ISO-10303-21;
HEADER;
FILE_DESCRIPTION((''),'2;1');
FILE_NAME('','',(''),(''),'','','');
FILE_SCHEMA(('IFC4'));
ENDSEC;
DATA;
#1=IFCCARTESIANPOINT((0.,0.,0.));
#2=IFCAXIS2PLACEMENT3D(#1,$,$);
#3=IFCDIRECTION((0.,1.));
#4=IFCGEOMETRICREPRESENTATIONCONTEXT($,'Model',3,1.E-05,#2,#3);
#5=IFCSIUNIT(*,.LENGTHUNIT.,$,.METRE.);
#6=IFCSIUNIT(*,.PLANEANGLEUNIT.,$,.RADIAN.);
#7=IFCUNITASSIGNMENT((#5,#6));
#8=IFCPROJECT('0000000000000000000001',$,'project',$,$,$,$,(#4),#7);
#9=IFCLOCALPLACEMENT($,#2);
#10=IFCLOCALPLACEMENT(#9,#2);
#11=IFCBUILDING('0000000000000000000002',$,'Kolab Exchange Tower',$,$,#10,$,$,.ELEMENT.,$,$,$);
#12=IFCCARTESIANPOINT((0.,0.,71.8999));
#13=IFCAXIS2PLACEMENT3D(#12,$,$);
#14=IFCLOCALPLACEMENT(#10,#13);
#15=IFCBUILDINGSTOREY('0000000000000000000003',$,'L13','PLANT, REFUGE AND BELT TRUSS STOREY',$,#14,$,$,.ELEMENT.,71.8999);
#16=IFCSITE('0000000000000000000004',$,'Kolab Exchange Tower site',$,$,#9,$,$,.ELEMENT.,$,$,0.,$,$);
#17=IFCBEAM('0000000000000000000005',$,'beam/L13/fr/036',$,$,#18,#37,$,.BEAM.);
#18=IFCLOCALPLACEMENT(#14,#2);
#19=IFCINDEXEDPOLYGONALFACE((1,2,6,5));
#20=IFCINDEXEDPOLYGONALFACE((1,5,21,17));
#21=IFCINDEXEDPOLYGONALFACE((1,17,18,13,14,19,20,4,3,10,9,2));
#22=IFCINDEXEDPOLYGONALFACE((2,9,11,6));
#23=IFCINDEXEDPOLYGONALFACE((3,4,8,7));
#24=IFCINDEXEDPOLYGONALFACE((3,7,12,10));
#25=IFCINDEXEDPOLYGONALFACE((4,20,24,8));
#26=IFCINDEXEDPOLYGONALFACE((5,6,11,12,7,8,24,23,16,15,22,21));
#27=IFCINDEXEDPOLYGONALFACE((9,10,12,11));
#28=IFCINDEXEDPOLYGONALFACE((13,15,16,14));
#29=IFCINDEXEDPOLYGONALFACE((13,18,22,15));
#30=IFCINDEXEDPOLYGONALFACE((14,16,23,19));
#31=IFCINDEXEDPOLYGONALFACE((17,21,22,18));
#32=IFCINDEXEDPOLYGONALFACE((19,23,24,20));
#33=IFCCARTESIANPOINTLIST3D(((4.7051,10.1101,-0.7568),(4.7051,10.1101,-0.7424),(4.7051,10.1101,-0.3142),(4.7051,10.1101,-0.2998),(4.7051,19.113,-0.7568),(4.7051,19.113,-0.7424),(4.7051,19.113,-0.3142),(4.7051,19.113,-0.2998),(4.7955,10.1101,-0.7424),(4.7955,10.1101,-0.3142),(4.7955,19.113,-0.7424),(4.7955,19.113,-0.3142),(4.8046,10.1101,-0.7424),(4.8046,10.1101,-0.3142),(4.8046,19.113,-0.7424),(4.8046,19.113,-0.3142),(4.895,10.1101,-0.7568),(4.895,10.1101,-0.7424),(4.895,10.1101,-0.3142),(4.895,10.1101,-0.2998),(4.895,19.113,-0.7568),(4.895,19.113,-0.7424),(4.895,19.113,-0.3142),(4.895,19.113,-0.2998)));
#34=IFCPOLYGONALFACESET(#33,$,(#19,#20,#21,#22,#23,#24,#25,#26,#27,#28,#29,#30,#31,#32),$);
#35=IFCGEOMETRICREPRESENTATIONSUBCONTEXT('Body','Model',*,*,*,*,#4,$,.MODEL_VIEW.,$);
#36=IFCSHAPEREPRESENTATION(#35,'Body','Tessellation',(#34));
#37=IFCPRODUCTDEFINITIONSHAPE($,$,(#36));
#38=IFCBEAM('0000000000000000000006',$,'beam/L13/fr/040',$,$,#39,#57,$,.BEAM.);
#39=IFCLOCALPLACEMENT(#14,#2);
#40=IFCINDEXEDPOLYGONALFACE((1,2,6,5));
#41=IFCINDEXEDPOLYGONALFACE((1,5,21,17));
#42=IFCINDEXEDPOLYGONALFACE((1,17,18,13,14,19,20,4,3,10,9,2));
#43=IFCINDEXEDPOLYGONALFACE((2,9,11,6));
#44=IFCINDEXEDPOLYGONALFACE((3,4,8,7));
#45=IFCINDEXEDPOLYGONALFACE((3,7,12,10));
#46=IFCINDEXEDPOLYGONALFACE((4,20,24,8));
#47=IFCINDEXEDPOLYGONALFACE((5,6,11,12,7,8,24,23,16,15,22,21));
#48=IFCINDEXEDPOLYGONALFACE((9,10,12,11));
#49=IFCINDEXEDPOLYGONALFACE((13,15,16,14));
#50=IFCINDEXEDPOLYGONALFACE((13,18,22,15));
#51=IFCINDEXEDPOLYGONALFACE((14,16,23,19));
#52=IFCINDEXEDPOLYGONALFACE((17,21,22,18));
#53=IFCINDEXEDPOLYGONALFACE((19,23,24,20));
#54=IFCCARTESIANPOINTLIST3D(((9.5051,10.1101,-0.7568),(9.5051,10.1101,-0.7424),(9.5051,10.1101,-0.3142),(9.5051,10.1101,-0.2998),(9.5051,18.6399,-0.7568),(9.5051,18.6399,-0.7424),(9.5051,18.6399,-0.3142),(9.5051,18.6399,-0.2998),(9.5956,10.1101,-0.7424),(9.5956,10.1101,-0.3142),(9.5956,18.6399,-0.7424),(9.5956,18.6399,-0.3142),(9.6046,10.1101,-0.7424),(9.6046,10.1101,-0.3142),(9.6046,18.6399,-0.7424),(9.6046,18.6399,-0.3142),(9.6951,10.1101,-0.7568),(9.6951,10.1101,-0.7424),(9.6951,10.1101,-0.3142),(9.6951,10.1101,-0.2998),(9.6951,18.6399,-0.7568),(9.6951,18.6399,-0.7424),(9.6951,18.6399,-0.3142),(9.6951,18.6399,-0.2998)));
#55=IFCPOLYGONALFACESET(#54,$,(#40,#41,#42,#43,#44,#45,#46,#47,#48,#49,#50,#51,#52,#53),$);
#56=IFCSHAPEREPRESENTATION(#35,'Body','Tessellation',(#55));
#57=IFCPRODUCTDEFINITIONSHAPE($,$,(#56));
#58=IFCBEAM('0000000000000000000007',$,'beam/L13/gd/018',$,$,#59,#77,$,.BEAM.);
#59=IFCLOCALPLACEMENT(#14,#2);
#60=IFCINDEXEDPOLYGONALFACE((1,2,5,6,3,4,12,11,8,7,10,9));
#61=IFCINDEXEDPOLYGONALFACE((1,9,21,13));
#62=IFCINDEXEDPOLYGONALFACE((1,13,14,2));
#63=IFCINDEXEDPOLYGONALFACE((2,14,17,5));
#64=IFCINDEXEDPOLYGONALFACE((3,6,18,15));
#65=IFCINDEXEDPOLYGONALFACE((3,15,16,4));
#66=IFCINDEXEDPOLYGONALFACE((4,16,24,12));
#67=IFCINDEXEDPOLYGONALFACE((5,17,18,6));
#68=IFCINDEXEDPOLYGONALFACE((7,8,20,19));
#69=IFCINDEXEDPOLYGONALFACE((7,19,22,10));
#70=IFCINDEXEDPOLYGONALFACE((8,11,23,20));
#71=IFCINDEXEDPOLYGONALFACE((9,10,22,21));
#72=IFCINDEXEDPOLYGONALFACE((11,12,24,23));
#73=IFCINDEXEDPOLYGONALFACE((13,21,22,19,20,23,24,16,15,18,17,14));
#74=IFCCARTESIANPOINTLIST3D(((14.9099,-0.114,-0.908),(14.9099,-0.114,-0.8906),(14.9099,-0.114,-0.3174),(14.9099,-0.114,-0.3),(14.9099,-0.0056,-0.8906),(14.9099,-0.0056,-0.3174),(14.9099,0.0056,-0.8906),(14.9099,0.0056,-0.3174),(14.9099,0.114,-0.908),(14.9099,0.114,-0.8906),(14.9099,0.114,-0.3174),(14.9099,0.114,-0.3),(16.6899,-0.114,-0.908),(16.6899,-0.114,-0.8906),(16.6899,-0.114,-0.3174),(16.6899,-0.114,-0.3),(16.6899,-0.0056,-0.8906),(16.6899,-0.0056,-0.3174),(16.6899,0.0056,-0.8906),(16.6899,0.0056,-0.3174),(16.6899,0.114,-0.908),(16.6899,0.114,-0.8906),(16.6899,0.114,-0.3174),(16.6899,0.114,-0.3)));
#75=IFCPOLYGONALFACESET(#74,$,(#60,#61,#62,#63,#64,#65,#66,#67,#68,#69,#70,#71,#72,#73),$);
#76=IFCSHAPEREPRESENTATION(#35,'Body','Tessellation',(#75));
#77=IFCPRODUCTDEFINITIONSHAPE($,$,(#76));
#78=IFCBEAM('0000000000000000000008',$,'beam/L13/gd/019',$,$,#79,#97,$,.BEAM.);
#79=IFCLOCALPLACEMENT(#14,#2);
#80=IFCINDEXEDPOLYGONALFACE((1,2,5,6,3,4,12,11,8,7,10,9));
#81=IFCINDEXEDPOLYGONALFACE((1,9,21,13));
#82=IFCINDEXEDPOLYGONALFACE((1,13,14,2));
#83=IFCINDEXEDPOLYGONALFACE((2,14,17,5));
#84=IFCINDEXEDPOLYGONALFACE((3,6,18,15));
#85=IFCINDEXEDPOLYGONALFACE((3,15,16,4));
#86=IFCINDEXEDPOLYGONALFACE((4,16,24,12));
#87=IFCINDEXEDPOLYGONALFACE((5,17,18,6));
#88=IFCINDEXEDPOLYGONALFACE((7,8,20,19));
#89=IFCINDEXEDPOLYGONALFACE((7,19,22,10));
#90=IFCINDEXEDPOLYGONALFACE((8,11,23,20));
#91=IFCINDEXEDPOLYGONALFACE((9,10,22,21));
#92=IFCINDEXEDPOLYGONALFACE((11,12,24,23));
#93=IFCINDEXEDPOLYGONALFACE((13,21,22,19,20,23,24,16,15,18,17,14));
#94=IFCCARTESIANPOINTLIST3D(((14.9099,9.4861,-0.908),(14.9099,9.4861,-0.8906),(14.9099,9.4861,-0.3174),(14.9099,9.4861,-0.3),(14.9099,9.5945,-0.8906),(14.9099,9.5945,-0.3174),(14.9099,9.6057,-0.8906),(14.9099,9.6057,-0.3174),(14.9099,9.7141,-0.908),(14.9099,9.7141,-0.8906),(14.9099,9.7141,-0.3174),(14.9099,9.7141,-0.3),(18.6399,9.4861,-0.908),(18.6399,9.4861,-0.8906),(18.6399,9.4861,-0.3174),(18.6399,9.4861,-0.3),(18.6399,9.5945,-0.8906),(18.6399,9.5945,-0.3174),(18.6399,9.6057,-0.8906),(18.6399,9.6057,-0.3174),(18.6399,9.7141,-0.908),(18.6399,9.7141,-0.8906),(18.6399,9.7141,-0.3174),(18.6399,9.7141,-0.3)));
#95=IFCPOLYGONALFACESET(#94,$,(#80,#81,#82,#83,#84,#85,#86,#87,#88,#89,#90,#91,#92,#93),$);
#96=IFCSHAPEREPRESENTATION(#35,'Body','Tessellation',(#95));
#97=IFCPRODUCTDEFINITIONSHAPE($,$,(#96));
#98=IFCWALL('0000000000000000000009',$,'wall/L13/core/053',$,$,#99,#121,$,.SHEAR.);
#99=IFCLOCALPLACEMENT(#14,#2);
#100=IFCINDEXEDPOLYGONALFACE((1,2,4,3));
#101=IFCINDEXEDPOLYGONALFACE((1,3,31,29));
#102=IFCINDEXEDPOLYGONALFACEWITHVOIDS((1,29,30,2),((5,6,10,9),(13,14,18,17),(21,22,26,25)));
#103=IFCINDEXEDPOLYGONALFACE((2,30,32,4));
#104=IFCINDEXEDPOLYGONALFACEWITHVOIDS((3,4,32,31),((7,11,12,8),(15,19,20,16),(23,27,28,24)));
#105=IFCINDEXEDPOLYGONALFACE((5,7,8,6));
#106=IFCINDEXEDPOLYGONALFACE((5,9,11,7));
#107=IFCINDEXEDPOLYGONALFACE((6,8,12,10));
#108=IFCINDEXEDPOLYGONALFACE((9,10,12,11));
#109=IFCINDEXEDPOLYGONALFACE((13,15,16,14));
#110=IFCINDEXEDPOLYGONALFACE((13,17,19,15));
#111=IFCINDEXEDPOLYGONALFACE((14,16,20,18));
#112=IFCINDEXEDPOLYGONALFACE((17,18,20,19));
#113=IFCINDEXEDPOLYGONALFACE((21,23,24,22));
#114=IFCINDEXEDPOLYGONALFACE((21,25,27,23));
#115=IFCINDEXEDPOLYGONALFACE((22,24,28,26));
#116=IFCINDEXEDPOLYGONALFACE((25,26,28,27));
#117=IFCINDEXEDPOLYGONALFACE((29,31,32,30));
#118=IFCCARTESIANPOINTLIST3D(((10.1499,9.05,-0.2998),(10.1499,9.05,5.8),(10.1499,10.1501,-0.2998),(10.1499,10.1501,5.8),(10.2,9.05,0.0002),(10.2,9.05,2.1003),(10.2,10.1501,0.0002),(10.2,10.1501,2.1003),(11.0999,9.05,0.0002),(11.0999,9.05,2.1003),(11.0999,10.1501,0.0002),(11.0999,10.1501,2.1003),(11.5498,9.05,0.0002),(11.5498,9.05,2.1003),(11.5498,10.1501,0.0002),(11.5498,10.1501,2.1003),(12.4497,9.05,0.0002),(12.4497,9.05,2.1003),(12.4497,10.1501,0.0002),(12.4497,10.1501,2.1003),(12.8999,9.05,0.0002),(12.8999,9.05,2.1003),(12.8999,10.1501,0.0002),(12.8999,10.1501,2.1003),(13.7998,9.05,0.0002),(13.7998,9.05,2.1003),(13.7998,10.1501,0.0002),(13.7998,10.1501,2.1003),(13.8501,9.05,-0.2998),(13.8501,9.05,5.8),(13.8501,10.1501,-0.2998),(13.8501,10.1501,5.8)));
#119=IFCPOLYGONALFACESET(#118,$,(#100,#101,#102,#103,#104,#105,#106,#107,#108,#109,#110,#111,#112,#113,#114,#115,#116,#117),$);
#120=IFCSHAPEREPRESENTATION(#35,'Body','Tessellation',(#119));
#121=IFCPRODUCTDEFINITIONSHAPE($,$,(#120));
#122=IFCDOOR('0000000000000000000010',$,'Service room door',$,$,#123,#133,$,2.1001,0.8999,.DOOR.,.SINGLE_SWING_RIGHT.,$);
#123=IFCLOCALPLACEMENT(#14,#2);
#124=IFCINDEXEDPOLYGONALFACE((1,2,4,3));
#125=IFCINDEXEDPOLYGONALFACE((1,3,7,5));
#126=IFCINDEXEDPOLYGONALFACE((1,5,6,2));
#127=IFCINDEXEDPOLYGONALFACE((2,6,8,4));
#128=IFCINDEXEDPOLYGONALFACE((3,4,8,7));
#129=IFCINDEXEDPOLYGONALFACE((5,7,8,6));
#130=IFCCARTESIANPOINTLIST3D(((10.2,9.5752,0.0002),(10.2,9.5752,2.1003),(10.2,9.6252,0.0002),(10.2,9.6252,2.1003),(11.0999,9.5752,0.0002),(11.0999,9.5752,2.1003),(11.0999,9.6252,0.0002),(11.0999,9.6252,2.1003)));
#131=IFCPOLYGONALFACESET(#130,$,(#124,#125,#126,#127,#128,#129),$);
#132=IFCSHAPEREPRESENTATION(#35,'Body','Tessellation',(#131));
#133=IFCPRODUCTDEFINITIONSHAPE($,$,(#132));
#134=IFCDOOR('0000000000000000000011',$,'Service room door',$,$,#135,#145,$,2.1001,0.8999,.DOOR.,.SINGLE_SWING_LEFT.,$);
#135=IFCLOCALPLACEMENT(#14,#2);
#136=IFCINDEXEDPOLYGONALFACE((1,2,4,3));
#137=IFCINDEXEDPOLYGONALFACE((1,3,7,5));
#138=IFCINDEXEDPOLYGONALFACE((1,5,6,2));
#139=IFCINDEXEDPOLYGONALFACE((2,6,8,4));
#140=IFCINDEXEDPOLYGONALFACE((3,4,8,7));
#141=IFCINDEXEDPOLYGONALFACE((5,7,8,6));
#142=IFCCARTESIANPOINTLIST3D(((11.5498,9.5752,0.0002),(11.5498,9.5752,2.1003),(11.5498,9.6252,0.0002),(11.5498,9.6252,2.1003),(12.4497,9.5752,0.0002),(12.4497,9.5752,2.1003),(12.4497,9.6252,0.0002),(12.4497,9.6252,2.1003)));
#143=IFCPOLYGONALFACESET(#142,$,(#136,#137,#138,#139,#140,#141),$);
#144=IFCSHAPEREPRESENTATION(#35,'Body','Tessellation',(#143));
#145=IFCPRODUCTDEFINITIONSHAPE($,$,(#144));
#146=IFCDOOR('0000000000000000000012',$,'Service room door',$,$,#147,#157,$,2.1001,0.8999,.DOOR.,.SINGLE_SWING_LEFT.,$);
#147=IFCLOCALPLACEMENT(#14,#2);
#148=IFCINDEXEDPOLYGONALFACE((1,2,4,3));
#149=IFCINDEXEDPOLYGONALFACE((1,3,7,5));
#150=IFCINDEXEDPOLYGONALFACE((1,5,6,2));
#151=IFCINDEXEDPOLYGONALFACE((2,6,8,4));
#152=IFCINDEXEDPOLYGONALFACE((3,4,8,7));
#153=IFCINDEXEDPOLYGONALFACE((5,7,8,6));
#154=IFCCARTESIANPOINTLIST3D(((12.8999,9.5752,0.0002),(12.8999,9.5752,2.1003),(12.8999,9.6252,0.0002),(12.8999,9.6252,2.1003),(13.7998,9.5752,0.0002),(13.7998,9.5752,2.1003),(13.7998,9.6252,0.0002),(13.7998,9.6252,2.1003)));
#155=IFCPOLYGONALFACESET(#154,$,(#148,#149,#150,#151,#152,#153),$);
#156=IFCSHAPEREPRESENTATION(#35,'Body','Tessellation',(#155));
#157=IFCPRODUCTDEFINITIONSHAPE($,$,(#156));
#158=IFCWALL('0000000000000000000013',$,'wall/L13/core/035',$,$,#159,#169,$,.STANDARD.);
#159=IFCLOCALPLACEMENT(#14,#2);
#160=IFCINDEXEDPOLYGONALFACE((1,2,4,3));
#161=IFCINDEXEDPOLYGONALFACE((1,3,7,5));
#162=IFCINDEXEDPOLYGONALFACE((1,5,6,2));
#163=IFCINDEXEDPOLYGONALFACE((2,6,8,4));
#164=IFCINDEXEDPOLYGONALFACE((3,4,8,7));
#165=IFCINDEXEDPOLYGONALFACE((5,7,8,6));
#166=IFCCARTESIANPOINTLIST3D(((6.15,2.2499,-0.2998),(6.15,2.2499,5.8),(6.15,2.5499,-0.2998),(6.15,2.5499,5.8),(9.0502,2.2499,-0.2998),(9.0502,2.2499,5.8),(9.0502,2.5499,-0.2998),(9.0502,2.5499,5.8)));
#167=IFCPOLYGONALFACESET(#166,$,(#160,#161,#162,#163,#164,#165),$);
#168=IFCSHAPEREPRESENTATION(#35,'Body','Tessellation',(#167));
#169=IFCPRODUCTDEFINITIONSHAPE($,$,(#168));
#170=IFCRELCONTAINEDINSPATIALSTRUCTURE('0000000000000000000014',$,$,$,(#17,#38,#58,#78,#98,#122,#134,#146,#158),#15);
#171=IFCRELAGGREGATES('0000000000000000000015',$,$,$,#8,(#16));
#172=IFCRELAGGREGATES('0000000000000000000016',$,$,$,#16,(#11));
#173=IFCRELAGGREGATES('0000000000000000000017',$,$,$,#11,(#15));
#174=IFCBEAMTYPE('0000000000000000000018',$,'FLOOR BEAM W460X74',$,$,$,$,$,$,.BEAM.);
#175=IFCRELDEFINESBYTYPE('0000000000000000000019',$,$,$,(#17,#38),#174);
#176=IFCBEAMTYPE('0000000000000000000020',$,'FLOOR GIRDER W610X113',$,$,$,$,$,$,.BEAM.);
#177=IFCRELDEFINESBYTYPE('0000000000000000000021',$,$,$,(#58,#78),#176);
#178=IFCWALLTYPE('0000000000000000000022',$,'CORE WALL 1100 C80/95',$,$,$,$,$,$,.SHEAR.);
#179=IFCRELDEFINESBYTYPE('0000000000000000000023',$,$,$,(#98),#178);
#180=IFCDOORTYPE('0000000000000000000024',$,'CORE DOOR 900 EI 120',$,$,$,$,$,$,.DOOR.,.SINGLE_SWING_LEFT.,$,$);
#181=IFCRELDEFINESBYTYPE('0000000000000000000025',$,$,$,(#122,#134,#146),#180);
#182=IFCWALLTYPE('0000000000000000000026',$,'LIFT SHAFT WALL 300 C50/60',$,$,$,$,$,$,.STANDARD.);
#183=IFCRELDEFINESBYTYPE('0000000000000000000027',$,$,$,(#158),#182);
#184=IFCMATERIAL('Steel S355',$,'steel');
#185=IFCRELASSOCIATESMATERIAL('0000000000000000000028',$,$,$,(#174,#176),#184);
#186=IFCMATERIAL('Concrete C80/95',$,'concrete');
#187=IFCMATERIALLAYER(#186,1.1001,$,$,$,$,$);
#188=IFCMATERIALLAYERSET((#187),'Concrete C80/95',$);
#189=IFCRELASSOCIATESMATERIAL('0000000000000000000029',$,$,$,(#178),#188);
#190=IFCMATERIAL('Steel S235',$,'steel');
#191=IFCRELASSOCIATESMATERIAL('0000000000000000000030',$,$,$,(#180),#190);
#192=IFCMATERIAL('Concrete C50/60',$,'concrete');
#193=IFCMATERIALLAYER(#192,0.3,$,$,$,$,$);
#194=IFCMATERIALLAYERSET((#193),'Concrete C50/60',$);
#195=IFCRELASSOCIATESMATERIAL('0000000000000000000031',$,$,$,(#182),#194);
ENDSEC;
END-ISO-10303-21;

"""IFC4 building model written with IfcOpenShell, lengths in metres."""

from ifc_helpers import new_model, si_unit, direction, frame, frame_2d, origin, origin_2d, place, context, subcontext, project, spatial, rectangle, i_section, extrude, material, layer, layer_set, material_profile, profile_set, type_object, element, fill, save


model = new_model("IFC4")

# Units and contexts
model_context = context("Model", 3, precision=1e-05, world=origin(), true_north=direction((0.0, 1.0)))
body_context = subcontext(model_context, "Body", "Model", "MODEL_VIEW")
ifc_project = project(units=[si_unit("LENGTHUNIT", "METRE"), si_unit("PLANEANGLEUNIT", "RADIAN")], contexts=[model_context])

# Site, building, storey
site_placement = place(None, origin())
site = spatial("IfcSite", under=ifc_project, at=site_placement, Name="Kolab Exchange Tower site", CompositionType="ELEMENT", RefElevation=0.0)
building_placement = place(site_placement, origin())
building = spatial("IfcBuilding", under=site, at=building_placement, Name="Kolab Exchange Tower", CompositionType="ELEMENT")
storey_placement = place(building_placement, frame((0.0, 0.0, 71.8999)))
storey = spatial("IfcBuildingStorey", under=building, at=storey_placement, Name="L13", Description="PLANT, REFUGE AND BELT TRUSS STOREY", CompositionType="ELEMENT", Elevation=71.8999)

# Beams
ifc_material_1 = material(Name="Steel S355", Category="steel")
ifc_material_profile_1 = material_profile(ifc_material_1, i_section(OverallWidth=0.1899, OverallDepth=0.457, WebThickness=0.009, FlangeThickness=0.0144, at=origin_2d()), Name="W460X74")
ifc_profile_set_1 = profile_set([ifc_material_profile_1], Name="Steel S355")
beam_type_1 = type_object("IfcBeamType", Name="FLOOR BEAM W460X74", PredefinedType="BEAM", material=ifc_profile_set_1)
beam_1_placement = place(storey_placement, frame((4.8, 10.1101, -0.5283), z_axis=(0.0, 1.0, 0.0), x_axis=(-1.0, 0.0, 0.0)))
element("IfcBeam", 1, at=beam_1_placement, inside=storey, type_object=beam_type_1, Name="beam/L13/fr/036", PredefinedType="BEAM", context=body_context, shape_type="SweptSolid", body=[
    extrude(i_section(OverallWidth=0.1899, OverallDepth=0.457, WebThickness=0.009, FlangeThickness=0.0144, at=origin_2d()), origin(), (0.0, 0.0, 1.0), 9.0029),
])
beam_2_placement = place(storey_placement, frame((9.6001, 10.1101, -0.5283), z_axis=(0.0, 1.0, 0.0), x_axis=(-1.0, 0.0, 0.0)))
element("IfcBeam", 2, at=beam_2_placement, inside=storey, type_object=beam_type_1, Name="beam/L13/fr/040", PredefinedType="BEAM", context=body_context, shape_type="SweptSolid", body=[
    extrude(i_section(OverallWidth=0.1899, OverallDepth=0.457, WebThickness=0.009, FlangeThickness=0.0144, at=origin_2d()), origin(), (0.0, 0.0, 1.0), 8.5298),
])
ifc_material_profile_2 = material_profile(ifc_material_1, i_section(OverallWidth=0.228, OverallDepth=0.6079, WebThickness=0.0112, FlangeThickness=0.0173, at=origin_2d()), Name="W610X113")
ifc_profile_set_2 = profile_set([ifc_material_profile_2], Name="Steel S355")
beam_type_2 = type_object("IfcBeamType", Name="FLOOR GIRDER W610X113", PredefinedType="BEAM", material=ifc_profile_set_2)
beam_3_placement = place(storey_placement, frame((14.9099, 0.0, -0.604), z_axis=(1.0, 0.0, 0.0), x_axis=(0.0, 1.0, 0.0)))
element("IfcBeam", 3, at=beam_3_placement, inside=storey, type_object=beam_type_2, Name="beam/L13/gd/018", PredefinedType="BEAM", context=body_context, shape_type="SweptSolid", body=[
    extrude(i_section(OverallWidth=0.228, OverallDepth=0.6079, WebThickness=0.0112, FlangeThickness=0.0173, at=origin_2d()), origin(), (0.0, 0.0, 1.0), 1.78),
])
beam_4_placement = place(storey_placement, frame((14.9099, 9.6001, -0.604), z_axis=(1.0, 0.0, 0.0), x_axis=(0.0, 1.0, 0.0)))
element("IfcBeam", 4, at=beam_4_placement, inside=storey, type_object=beam_type_2, Name="beam/L13/gd/019", PredefinedType="BEAM", context=body_context, shape_type="SweptSolid", body=[
    extrude(i_section(OverallWidth=0.228, OverallDepth=0.6079, WebThickness=0.0112, FlangeThickness=0.0173, at=origin_2d()), origin(), (0.0, 0.0, 1.0), 3.73),
])

# Wall, openings, doors
ifc_material_2 = material(Name="Concrete C80/95", Category="concrete")
ifc_layer_1 = layer(ifc_material_2, 1.1001)
ifc_layer_set_1 = layer_set([ifc_layer_1], Name="Concrete C80/95")
wall_type_1 = type_object("IfcWallType", Name="CORE WALL 1100 C80/95", PredefinedType="SHEAR", material=ifc_layer_set_1)
wall_1_placement = place(storey_placement, frame((10.1499, 9.6001, -0.2998), z_axis=(0.0, 0.0, 1.0), x_axis=(1.0, 0.0, 0.0)))
wall_1 = element("IfcWall", 5, at=wall_1_placement, inside=storey, type_object=wall_type_1, Name="wall/L13/core/053", PredefinedType="SHEAR", context=body_context, shape_type="SweptSolid", body=[
    extrude(rectangle(XDim=3.7002, YDim=1.1001, at=frame_2d((1.8501, 0.0))), origin(), (0.0, 0.0, 1.0), 6.0999),
])
opening_1_placement = place(wall_1_placement, frame((0.05, 0.0, 0.3)))
opening_1 = element("IfcOpeningElement", 6, at=opening_1_placement, cuts=wall_1, PredefinedType="OPENING", context=body_context, shape_type="SweptSolid", body=[
    extrude(rectangle(XDim=0.8999, YDim=2.1001, at=frame_2d((0.45, 1.05))), frame((0.0, 0.5601, 0.0), z_axis=(0.0, -1.0, 0.0), x_axis=(1.0, 0.0, 0.0)), (0.0, 0.0, 1.0), 1.1201),
])
opening_2_placement = place(wall_1_placement, frame((1.3999, 0.0, 0.3)))
opening_2 = element("IfcOpeningElement", 7, at=opening_2_placement, cuts=wall_1, PredefinedType="OPENING", context=body_context, shape_type="SweptSolid", body=[
    extrude(rectangle(XDim=0.8999, YDim=2.1001, at=frame_2d((0.45, 1.05))), frame((0.0, 0.5601, 0.0), z_axis=(0.0, -1.0, 0.0), x_axis=(1.0, 0.0, 0.0)), (0.0, 0.0, 1.0), 1.1201),
])
opening_3_placement = place(wall_1_placement, frame((2.75, 0.0, 0.3)))
opening_3 = element("IfcOpeningElement", 8, at=opening_3_placement, cuts=wall_1, PredefinedType="OPENING", context=body_context, shape_type="SweptSolid", body=[
    extrude(rectangle(XDim=0.8999, YDim=2.1001, at=frame_2d((0.45, 1.05))), frame((0.0, 0.5601, 0.0), z_axis=(0.0, -1.0, 0.0), x_axis=(1.0, 0.0, 0.0)), (0.0, 0.0, 1.0), 1.1201),
])
ifc_material_3 = material(Name="Steel S235", Category="steel")
door_type = type_object("IfcDoorType", Name="CORE DOOR 900 EI 120", OperationType="SINGLE_SWING_LEFT", PredefinedType="DOOR", material=ifc_material_3)
door_1_placement = place(opening_1_placement, frame((0.8999, 0.0, 0.0), z_axis=(0.0, 0.0, 1.0), x_axis=(-1.0, 0.0, 0.0)))
door_1 = element("IfcDoor", 9, at=door_1_placement, inside=storey, type_object=door_type, Name="Service room door", OperationType="SINGLE_SWING_RIGHT", OverallHeight=2.1001, OverallWidth=0.8999, PredefinedType="DOOR", context=body_context, shape_type="SweptSolid", body=[
    extrude(rectangle(XDim=0.8999, YDim=2.1001, at=frame_2d((0.45, 1.05))), frame((0.0, 0.0249, 0.0), z_axis=(0.0, -1.0, 0.0), x_axis=(1.0, 0.0, 0.0)), (0.0, 0.0, 1.0), 0.05),
])
fill(opening_1, door_1)
door_2_placement = place(opening_2_placement, frame((0.8999, 0.0, 0.0), z_axis=(0.0, 0.0, 1.0), x_axis=(-1.0, 0.0, 0.0)))
door_2 = element("IfcDoor", 10, at=door_2_placement, inside=storey, type_object=door_type, Name="Service room door", OperationType="SINGLE_SWING_LEFT", OverallHeight=2.1001, OverallWidth=0.8999, PredefinedType="DOOR", context=body_context, shape_type="SweptSolid", body=[
    extrude(rectangle(XDim=0.8999, YDim=2.1001, at=frame_2d((0.45, 1.05))), frame((0.0, 0.0249, 0.0), z_axis=(0.0, -1.0, 0.0), x_axis=(1.0, 0.0, 0.0)), (0.0, 0.0, 1.0), 0.05),
])
fill(opening_2, door_2)
door_3_placement = place(opening_3_placement, frame((0.8999, 0.0, 0.0), z_axis=(0.0, 0.0, 1.0), x_axis=(-1.0, 0.0, 0.0)))
door_3 = element("IfcDoor", 11, at=door_3_placement, inside=storey, type_object=door_type, Name="Service room door", OperationType="SINGLE_SWING_LEFT", OverallHeight=2.1001, OverallWidth=0.8999, PredefinedType="DOOR", context=body_context, shape_type="SweptSolid", body=[
    extrude(rectangle(XDim=0.8999, YDim=2.1001, at=frame_2d((0.45, 1.05))), frame((0.0, 0.0249, 0.0), z_axis=(0.0, -1.0, 0.0), x_axis=(1.0, 0.0, 0.0)), (0.0, 0.0, 1.0), 0.05),
])
fill(opening_3, door_3)

# Wall
ifc_material_4 = material(Name="Concrete C50/60", Category="concrete")
ifc_layer_2 = layer(ifc_material_4, 0.3)
ifc_layer_set_2 = layer_set([ifc_layer_2], Name="Concrete C50/60")
wall_type_2 = type_object("IfcWallType", Name="LIFT SHAFT WALL 300 C50/60", PredefinedType="STANDARD", material=ifc_layer_set_2)
wall_2_placement = place(storey_placement, frame((6.1499, 2.3999, -0.2998), z_axis=(0.0, 0.0, 1.0), x_axis=(1.0, 0.0, 0.0)))
element("IfcWall", 12, at=wall_2_placement, inside=storey, type_object=wall_type_2, Name="wall/L13/core/035", PredefinedType="STANDARD", context=body_context, shape_type="SweptSolid", body=[
    extrude(rectangle(XDim=2.9001, YDim=0.3, at=frame_2d((1.4502, 0.0))), origin(), (0.0, 0.0, 1.0), 6.0999),
])

save(model, "model.ifc")
